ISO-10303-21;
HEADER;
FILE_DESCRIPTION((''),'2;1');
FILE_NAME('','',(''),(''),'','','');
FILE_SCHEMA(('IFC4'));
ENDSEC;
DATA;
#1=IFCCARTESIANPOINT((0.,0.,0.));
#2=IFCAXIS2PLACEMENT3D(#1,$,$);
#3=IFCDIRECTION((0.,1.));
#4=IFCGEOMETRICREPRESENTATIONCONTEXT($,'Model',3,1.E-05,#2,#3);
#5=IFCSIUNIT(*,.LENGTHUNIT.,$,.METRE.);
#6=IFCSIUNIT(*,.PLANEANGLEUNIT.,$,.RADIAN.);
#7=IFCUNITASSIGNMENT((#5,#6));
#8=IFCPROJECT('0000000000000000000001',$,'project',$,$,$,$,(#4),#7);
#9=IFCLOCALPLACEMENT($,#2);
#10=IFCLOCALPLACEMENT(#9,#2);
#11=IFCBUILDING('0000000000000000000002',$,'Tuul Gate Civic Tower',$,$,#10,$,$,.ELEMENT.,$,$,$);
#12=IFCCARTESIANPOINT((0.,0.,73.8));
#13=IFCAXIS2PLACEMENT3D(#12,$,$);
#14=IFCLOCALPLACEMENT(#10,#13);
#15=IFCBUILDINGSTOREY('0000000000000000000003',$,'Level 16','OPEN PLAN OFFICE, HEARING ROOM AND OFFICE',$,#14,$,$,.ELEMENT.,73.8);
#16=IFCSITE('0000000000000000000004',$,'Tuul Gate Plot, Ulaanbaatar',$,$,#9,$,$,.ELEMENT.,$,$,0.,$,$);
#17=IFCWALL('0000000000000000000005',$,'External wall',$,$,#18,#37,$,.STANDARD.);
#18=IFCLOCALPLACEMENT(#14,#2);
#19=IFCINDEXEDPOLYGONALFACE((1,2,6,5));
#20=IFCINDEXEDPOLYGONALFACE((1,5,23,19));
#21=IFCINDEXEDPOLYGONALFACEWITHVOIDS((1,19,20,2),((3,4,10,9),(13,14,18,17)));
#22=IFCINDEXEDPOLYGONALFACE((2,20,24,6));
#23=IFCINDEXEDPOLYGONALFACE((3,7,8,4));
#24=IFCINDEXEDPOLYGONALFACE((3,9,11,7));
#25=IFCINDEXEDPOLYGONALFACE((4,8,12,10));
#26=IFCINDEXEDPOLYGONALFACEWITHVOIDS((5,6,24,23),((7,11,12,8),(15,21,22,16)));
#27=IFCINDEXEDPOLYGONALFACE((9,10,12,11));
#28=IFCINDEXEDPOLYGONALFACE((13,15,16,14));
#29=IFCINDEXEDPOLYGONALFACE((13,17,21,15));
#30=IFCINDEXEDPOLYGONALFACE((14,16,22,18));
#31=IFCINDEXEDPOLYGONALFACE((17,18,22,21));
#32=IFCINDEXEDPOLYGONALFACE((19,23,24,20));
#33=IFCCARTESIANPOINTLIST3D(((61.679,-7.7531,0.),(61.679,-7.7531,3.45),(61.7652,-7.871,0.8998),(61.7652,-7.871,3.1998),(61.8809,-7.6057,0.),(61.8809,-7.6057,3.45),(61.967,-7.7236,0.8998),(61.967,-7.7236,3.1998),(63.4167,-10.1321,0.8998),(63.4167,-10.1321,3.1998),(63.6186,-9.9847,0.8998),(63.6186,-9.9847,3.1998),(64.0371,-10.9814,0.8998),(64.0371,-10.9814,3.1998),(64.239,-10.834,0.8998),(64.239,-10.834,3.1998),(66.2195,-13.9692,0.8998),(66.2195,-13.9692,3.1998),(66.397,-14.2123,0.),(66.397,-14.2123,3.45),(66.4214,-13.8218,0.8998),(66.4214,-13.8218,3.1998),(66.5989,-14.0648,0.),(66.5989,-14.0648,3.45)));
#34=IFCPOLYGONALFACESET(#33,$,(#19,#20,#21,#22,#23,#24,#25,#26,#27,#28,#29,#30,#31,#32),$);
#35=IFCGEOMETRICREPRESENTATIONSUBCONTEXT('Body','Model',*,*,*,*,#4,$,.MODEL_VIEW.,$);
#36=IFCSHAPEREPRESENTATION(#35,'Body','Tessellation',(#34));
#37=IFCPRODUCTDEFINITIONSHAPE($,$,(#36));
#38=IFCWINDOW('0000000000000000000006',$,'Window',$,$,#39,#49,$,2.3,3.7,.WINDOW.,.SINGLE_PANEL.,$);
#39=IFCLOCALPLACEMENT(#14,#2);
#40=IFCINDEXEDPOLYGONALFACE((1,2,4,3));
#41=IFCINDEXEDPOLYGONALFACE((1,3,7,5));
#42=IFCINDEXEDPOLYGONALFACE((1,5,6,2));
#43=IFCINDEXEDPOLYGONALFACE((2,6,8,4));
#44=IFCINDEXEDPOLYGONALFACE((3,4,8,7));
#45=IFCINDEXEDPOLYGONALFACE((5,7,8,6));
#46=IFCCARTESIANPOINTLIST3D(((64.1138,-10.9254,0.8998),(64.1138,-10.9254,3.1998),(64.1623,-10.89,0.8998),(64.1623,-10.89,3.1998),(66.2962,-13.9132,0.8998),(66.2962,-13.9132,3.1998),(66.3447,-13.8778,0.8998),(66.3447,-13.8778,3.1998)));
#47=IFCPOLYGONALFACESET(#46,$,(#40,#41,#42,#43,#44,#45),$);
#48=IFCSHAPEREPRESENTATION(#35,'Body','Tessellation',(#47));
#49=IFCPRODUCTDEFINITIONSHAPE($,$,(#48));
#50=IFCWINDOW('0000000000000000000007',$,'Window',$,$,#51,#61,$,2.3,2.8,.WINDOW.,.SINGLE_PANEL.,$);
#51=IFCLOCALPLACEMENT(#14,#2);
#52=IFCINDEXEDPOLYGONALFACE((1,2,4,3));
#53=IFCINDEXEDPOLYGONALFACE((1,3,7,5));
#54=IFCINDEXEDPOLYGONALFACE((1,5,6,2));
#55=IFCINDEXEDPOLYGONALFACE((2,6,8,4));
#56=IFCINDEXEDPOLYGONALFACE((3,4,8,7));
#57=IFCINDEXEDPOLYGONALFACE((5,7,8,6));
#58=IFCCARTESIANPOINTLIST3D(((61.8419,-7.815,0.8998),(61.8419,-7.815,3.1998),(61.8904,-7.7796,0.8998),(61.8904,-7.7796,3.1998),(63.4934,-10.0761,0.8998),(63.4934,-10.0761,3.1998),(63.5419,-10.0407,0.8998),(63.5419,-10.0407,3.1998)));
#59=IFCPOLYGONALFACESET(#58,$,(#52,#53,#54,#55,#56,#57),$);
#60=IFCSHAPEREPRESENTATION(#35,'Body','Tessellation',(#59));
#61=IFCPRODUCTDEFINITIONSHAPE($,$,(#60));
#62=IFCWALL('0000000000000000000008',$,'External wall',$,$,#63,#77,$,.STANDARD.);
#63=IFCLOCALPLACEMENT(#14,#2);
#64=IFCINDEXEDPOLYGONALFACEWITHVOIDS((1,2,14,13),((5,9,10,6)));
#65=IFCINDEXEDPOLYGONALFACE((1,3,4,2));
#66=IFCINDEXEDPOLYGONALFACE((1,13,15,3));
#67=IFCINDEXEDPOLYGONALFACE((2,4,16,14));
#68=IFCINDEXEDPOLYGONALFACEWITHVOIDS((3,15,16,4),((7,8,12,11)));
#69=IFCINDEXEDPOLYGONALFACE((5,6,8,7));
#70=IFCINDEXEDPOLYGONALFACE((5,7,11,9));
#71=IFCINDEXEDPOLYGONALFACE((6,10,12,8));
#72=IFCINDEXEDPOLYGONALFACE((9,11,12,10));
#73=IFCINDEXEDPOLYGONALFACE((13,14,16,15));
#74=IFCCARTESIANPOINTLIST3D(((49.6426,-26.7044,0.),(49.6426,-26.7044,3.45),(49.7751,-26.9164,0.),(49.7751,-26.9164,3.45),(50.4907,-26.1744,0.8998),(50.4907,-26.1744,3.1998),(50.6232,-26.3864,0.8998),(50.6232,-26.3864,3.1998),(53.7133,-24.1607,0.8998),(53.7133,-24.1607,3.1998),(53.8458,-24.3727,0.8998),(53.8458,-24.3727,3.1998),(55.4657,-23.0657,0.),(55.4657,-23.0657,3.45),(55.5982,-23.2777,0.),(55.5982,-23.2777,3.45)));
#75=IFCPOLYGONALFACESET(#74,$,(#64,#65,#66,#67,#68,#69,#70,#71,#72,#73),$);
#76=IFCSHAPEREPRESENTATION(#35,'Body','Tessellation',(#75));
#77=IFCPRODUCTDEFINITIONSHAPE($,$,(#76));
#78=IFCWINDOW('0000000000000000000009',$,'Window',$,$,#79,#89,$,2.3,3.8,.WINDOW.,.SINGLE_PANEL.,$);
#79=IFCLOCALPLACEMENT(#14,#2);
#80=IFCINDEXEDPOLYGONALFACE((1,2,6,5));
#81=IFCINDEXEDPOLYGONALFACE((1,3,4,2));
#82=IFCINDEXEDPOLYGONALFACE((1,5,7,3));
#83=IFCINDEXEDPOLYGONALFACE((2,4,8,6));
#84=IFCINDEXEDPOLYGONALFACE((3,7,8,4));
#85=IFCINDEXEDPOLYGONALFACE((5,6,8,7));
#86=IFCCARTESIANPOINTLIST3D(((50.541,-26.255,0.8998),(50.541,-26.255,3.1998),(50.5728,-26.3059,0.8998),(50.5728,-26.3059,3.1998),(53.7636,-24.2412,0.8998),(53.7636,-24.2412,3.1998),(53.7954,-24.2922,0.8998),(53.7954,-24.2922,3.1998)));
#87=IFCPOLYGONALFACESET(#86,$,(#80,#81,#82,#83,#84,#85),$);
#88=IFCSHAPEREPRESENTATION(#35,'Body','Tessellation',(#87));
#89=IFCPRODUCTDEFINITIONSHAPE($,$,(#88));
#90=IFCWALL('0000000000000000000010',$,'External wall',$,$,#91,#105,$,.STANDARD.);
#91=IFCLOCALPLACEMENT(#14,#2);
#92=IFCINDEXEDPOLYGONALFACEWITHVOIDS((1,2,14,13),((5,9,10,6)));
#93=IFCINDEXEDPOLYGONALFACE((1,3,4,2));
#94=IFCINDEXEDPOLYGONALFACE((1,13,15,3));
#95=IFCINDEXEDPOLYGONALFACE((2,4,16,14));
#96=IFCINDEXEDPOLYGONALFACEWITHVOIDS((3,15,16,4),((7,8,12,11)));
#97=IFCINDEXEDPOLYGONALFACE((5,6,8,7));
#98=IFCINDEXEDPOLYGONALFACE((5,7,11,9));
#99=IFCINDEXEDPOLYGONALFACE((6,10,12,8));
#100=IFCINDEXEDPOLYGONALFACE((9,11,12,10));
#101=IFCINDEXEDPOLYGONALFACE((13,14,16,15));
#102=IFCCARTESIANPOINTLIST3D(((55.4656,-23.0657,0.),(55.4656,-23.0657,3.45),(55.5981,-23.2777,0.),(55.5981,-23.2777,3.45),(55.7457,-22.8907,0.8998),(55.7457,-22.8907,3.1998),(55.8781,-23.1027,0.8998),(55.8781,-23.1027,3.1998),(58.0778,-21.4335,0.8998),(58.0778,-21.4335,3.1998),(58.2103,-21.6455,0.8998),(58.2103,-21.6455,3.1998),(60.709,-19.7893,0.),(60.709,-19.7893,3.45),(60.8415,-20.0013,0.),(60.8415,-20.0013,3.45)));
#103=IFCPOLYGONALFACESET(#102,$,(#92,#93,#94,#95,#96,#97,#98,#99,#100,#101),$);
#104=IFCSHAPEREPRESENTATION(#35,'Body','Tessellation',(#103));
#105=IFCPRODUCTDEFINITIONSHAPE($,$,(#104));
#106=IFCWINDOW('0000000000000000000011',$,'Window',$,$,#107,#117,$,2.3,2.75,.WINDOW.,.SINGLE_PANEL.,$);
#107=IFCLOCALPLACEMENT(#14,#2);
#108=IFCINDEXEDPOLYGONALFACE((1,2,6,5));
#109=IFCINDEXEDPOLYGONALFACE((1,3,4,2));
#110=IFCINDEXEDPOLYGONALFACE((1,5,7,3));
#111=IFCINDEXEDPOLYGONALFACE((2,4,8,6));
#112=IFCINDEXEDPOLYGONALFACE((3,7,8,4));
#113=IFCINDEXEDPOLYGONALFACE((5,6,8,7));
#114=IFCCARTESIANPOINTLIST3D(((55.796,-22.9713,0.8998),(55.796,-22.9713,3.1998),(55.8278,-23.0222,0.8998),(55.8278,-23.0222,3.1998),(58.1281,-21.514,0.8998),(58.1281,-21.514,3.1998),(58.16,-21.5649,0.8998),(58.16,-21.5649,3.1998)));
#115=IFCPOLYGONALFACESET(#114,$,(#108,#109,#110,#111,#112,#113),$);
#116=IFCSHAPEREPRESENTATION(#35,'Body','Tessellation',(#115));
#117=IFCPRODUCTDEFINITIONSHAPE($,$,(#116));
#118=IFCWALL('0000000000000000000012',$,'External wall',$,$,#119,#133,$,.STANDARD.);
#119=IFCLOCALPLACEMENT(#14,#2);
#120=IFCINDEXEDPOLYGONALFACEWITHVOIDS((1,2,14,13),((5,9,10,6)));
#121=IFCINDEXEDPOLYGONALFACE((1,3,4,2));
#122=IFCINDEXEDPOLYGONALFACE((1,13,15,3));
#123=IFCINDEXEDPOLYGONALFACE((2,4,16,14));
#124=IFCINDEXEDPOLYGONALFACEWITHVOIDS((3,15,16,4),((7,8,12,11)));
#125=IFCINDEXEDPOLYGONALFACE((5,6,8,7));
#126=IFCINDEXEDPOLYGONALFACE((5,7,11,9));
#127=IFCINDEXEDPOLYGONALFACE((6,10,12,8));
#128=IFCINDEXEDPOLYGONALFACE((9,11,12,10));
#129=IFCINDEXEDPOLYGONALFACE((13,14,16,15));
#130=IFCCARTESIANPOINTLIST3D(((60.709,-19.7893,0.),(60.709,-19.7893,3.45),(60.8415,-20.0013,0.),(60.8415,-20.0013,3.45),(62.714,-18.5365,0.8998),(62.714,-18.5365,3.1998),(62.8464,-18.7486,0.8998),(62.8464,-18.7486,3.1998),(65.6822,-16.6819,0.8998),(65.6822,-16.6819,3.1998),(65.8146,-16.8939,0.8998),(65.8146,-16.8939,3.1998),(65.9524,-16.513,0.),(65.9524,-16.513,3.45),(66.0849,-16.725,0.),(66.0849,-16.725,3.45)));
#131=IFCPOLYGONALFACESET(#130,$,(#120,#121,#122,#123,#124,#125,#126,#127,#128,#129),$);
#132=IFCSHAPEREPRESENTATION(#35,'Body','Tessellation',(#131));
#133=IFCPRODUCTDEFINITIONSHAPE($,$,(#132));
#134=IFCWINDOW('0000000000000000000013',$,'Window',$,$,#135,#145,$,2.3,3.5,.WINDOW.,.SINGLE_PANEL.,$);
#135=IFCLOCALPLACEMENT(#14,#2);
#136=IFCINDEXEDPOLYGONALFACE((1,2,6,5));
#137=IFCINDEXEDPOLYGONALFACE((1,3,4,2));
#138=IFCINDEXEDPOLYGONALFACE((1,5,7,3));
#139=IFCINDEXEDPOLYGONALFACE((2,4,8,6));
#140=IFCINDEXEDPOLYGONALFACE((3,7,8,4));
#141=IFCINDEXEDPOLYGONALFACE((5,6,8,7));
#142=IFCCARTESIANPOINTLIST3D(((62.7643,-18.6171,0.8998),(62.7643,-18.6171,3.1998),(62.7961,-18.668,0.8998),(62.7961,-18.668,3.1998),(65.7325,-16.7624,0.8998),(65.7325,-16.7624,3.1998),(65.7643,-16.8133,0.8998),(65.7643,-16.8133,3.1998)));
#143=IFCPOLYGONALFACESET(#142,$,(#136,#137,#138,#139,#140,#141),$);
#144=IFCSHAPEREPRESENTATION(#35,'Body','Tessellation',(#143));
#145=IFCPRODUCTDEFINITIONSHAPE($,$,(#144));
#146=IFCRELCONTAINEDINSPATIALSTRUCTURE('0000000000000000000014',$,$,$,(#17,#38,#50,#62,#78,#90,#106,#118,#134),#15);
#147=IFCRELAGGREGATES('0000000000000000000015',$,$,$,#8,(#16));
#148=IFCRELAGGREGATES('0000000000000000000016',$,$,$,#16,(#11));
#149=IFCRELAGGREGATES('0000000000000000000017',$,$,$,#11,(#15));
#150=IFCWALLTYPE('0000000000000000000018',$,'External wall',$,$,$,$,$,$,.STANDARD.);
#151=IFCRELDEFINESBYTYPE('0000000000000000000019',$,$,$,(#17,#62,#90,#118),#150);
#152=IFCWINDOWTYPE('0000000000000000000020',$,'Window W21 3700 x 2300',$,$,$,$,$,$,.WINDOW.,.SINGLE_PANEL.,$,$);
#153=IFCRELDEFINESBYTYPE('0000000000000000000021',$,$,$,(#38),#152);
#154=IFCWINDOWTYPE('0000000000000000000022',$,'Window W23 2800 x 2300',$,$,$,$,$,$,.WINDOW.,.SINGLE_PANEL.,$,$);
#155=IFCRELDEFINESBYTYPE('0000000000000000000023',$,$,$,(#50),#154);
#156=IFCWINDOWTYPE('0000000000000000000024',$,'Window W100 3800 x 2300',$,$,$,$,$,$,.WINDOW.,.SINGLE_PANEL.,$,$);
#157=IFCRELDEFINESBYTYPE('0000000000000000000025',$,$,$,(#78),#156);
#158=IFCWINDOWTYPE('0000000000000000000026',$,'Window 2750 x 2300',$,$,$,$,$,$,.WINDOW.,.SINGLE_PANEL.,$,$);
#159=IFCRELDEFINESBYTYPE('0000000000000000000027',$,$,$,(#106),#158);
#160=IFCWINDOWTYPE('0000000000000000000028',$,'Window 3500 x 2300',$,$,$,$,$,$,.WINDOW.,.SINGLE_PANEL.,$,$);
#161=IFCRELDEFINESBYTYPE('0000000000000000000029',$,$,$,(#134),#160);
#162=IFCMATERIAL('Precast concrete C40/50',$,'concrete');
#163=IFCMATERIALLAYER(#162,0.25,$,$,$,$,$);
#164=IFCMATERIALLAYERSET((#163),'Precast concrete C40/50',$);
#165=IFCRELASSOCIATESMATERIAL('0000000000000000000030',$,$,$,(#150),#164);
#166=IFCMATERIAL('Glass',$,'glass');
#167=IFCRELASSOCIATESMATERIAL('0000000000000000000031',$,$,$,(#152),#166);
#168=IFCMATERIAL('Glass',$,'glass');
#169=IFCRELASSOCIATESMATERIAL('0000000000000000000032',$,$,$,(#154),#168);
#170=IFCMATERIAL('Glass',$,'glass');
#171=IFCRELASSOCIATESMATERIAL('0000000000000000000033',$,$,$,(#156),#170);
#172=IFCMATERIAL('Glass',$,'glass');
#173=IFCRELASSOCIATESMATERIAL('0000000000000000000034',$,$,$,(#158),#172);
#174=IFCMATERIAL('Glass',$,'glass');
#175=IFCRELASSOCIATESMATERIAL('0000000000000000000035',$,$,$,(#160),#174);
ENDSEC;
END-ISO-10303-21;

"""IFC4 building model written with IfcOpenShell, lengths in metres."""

from ifc_helpers import new_model, si_unit, direction, frame, frame_2d, origin, place, context, subcontext, project, spatial, rectangle, extrude, material, layer, layer_set, type_object, element, fill, save


model = new_model("IFC4")

# Units and contexts
model_context = context("Model", 3, precision=1e-05, world=origin(), true_north=direction((0.0, 1.0)))
body_context = subcontext(model_context, "Body", "Model", "MODEL_VIEW")
ifc_project = project(units=[si_unit("LENGTHUNIT", "METRE"), si_unit("PLANEANGLEUNIT", "RADIAN")], contexts=[model_context])

# Site, building, storey
site_placement = place(None, origin())
site = spatial("IfcSite", under=ifc_project, at=site_placement, Name="Tuul Gate Plot, Ulaanbaatar", CompositionType="ELEMENT", RefElevation=0.0)
building_placement = place(site_placement, origin())
building = spatial("IfcBuilding", under=site, at=building_placement, Name="Tuul Gate Civic Tower", CompositionType="ELEMENT")
storey_placement = place(building_placement, frame((0.0, 0.0, 73.8)))
storey = spatial("IfcBuildingStorey", under=building, at=storey_placement, Name="Level 16", Description="OPEN PLAN OFFICE, HEARING ROOM AND OFFICE", CompositionType="ELEMENT", Elevation=73.8)

# Shared definitions
ifc_material_1 = material(Name="Precast concrete C40/50", Category="concrete")
ifc_layer_1 = layer(ifc_material_1, 0.25)
ifc_layer_set_1 = layer_set([ifc_layer_1], Name="Precast concrete C40/50")
wall_type_1 = type_object("IfcWallType", Name="External wall", PredefinedType="STANDARD", material=ifc_layer_set_1)

# Wall, openings, windows
wall_1_placement = place(storey_placement, frame((66.498, -14.1387, 0.0), z_axis=(0.0, 0.0, 1.0), x_axis=(-0.589838, 0.807521, 0.0)))
wall_1 = element("IfcWall", 1, at=wall_1_placement, inside=storey, type_object=wall_type_1, Name="External wall", PredefinedType="STANDARD", context=body_context, shape_type="SweptSolid", body=[
    extrude(rectangle(XDim=7.9988, YDim=0.25, at=frame_2d((3.9995, 0.0))), origin(), (0.0, 0.0, 1.0), 3.45),
])
opening_1_placement = place(wall_1_placement, frame((0.301, 0.0, 0.8999)))
opening_1 = element("IfcOpeningElement", 2, at=opening_1_placement, cuts=wall_1, PredefinedType="OPENING", context=body_context, shape_type="SweptSolid", body=[
    extrude(rectangle(XDim=3.7, YDim=2.3, at=frame_2d((1.8501, 1.1499))), frame((0.0, 0.135, 0.0), z_axis=(0.0, -1.0, 0.0), x_axis=(1.0, 0.0, 0.0)), (0.0, 0.0, 1.0), 0.27),
])
opening_2_placement = place(wall_1_placement, frame((5.053, 0.0, 0.8999)))
opening_2 = element("IfcOpeningElement", 3, at=opening_2_placement, cuts=wall_1, PredefinedType="OPENING", context=body_context, shape_type="SweptSolid", body=[
    extrude(rectangle(XDim=2.8, YDim=2.3, at=frame_2d((1.3999, 1.1499))), frame((0.0, 0.135, 0.0), z_axis=(0.0, -1.0, 0.0), x_axis=(1.0, 0.0, 0.0)), (0.0, 0.0, 1.0), 0.27),
])
ifc_material_2 = material(Name="Glass", Category="glass")
window_type_1 = type_object("IfcWindowType", Name="Window W21 3700 x 2300", PartitioningType="SINGLE_PANEL", PredefinedType="WINDOW", material=ifc_material_2)
window_1_placement = place(opening_1_placement, origin())
window_1 = element("IfcWindow", 4, at=window_1_placement, inside=storey, type_object=window_type_1, Name="Window", OverallHeight=2.3, OverallWidth=3.7, PartitioningType="SINGLE_PANEL", PredefinedType="WINDOW", context=body_context, shape_type="SweptSolid", body=[
    extrude(rectangle(XDim=3.7, YDim=2.3, at=frame_2d((1.8501, 1.1499))), frame((0.0, 0.03, 0.0), z_axis=(0.0, -1.0, 0.0), x_axis=(1.0, 0.0, 0.0)), (0.0, 0.0, 1.0), 0.0601),
])
fill(opening_1, window_1)
ifc_material_3 = material(Name="Glass", Category="glass")
window_type_2 = type_object("IfcWindowType", Name="Window W23 2800 x 2300", PartitioningType="SINGLE_PANEL", PredefinedType="WINDOW", material=ifc_material_3)
window_2_placement = place(opening_2_placement, origin())
window_2 = element("IfcWindow", 5, at=window_2_placement, inside=storey, type_object=window_type_2, Name="Window", OverallHeight=2.3, OverallWidth=2.8, PartitioningType="SINGLE_PANEL", PredefinedType="WINDOW", context=body_context, shape_type="SweptSolid", body=[
    extrude(rectangle(XDim=2.8, YDim=2.3, at=frame_2d((1.3999, 1.1499))), frame((0.0, 0.03, 0.0), z_axis=(0.0, -1.0, 0.0), x_axis=(1.0, 0.0, 0.0)), (0.0, 0.0, 1.0), 0.0601),
])
fill(opening_2, window_2)

# Walls, openings, windows
wall_2_placement = place(storey_placement, frame((49.709, -26.8103, 0.0), z_axis=(0.0, 0.0, 1.0), x_axis=(0.848044, 0.529925, 0.0)))
wall_2 = element("IfcWall", 6, at=wall_2_placement, inside=storey, type_object=wall_type_1, Name="External wall", PredefinedType="STANDARD", context=body_context, shape_type="SweptSolid", body=[
    extrude(rectangle(XDim=6.8665, YDim=0.25, at=frame_2d((3.4331, 0.0))), origin(), (0.0, 0.0, 1.0), 3.45),
])
opening_3_placement = place(wall_2_placement, frame((1.0, 0.0, 0.8999)))
opening_3 = element("IfcOpeningElement", 7, at=opening_3_placement, cuts=wall_2, PredefinedType="OPENING", context=body_context, shape_type="SweptSolid", body=[
    extrude(rectangle(XDim=3.8, YDim=2.3, at=frame_2d((1.8999, 1.1499))), frame((0.0, 0.135, 0.0), z_axis=(0.0, -1.0, 0.0), x_axis=(1.0, 0.0, 0.0)), (0.0, 0.0, 1.0), 0.27),
])
ifc_material_4 = material(Name="Glass", Category="glass")
window_type_3 = type_object("IfcWindowType", Name="Window W100 3800 x 2300", PartitioningType="SINGLE_PANEL", PredefinedType="WINDOW", material=ifc_material_4)
window_3_placement = place(opening_3_placement, origin())
window_3 = element("IfcWindow", 8, at=window_3_placement, inside=storey, type_object=window_type_3, Name="Window", OverallHeight=2.3, OverallWidth=3.8, PartitioningType="SINGLE_PANEL", PredefinedType="WINDOW", context=body_context, shape_type="SweptSolid", body=[
    extrude(rectangle(XDim=3.8, YDim=2.3, at=frame_2d((1.8999, 1.1499))), frame((0.0, 0.03, 0.0), z_axis=(0.0, -1.0, 0.0), x_axis=(1.0, 0.0, 0.0)), (0.0, 0.0, 1.0), 0.0601),
])
fill(opening_3, window_3)
wall_3_placement = place(storey_placement, frame((55.532, -23.1716, 0.0), z_axis=(0.0, 0.0, 1.0), x_axis=(0.848054, 0.52991, 0.0)))
wall_3 = element("IfcWall", 9, at=wall_3_placement, inside=storey, type_object=wall_type_1, Name="External wall", PredefinedType="STANDARD", context=body_context, shape_type="SweptSolid", body=[
    extrude(rectangle(XDim=6.1829, YDim=0.25, at=frame_2d((3.0913, 0.0))), origin(), (0.0, 0.0, 1.0), 3.45),
])
opening_4_placement = place(wall_3_placement, frame((0.3301, 0.0, 0.8999)))
opening_4 = element("IfcOpeningElement", 10, at=opening_4_placement, cuts=wall_3, PredefinedType="OPENING", context=body_context, shape_type="SweptSolid", body=[
    extrude(rectangle(XDim=2.75, YDim=2.3, at=frame_2d((1.375, 1.1499))), frame((0.0, 0.135, 0.0), z_axis=(0.0, -1.0, 0.0), x_axis=(1.0, 0.0, 0.0)), (0.0, 0.0, 1.0), 0.27),
])
ifc_material_5 = material(Name="Glass", Category="glass")
window_type_4 = type_object("IfcWindowType", Name="Window 2750 x 2300", PartitioningType="SINGLE_PANEL", PredefinedType="WINDOW", material=ifc_material_5)
window_4_placement = place(opening_4_placement, origin())
window_4 = element("IfcWindow", 11, at=window_4_placement, inside=storey, type_object=window_type_4, Name="Window", OverallHeight=2.3, OverallWidth=2.75, PartitioningType="SINGLE_PANEL", PredefinedType="WINDOW", context=body_context, shape_type="SweptSolid", body=[
    extrude(rectangle(XDim=2.75, YDim=2.3, at=frame_2d((1.375, 1.1499))), frame((0.0, 0.03, 0.0), z_axis=(0.0, -1.0, 0.0), x_axis=(1.0, 0.0, 0.0)), (0.0, 0.0, 1.0), 0.0601),
])
fill(opening_4, window_4)
wall_4_placement = place(storey_placement, frame((60.7754, -19.8953, 0.0), z_axis=(0.0, 0.0, 1.0), x_axis=(0.848054, 0.52991, 0.0)))
wall_4 = element("IfcWall", 12, at=wall_4_placement, inside=storey, type_object=wall_type_1, Name="External wall", PredefinedType="STANDARD", context=body_context, shape_type="SweptSolid", body=[
    extrude(rectangle(XDim=6.1829, YDim=0.25, at=frame_2d((3.0913, 0.0))), origin(), (0.0, 0.0, 1.0), 3.45),
])
opening_5_placement = place(wall_4_placement, frame((2.364, 0.0, 0.8999)))
opening_5 = element("IfcOpeningElement", 13, at=opening_5_placement, cuts=wall_4, PredefinedType="OPENING", context=body_context, shape_type="SweptSolid", body=[
    extrude(rectangle(XDim=3.5, YDim=2.3, at=frame_2d((1.75, 1.1499))), frame((0.0, 0.135, 0.0), z_axis=(0.0, -1.0, 0.0), x_axis=(1.0, 0.0, 0.0)), (0.0, 0.0, 1.0), 0.27),
])
ifc_material_6 = material(Name="Glass", Category="glass")
window_type_5 = type_object("IfcWindowType", Name="Window 3500 x 2300", PartitioningType="SINGLE_PANEL", PredefinedType="WINDOW", material=ifc_material_6)
window_5_placement = place(opening_5_placement, origin())
window_5 = element("IfcWindow", 14, at=window_5_placement, inside=storey, type_object=window_type_5, Name="Window", OverallHeight=2.3, OverallWidth=3.5, PartitioningType="SINGLE_PANEL", PredefinedType="WINDOW", context=body_context, shape_type="SweptSolid", body=[
    extrude(rectangle(XDim=3.5, YDim=2.3, at=frame_2d((1.75, 1.1499))), frame((0.0, 0.03, 0.0), z_axis=(0.0, -1.0, 0.0), x_axis=(1.0, 0.0, 0.0)), (0.0, 0.0, 1.0), 0.0601),
])
fill(opening_5, window_5)

save(model, "model.ifc")
